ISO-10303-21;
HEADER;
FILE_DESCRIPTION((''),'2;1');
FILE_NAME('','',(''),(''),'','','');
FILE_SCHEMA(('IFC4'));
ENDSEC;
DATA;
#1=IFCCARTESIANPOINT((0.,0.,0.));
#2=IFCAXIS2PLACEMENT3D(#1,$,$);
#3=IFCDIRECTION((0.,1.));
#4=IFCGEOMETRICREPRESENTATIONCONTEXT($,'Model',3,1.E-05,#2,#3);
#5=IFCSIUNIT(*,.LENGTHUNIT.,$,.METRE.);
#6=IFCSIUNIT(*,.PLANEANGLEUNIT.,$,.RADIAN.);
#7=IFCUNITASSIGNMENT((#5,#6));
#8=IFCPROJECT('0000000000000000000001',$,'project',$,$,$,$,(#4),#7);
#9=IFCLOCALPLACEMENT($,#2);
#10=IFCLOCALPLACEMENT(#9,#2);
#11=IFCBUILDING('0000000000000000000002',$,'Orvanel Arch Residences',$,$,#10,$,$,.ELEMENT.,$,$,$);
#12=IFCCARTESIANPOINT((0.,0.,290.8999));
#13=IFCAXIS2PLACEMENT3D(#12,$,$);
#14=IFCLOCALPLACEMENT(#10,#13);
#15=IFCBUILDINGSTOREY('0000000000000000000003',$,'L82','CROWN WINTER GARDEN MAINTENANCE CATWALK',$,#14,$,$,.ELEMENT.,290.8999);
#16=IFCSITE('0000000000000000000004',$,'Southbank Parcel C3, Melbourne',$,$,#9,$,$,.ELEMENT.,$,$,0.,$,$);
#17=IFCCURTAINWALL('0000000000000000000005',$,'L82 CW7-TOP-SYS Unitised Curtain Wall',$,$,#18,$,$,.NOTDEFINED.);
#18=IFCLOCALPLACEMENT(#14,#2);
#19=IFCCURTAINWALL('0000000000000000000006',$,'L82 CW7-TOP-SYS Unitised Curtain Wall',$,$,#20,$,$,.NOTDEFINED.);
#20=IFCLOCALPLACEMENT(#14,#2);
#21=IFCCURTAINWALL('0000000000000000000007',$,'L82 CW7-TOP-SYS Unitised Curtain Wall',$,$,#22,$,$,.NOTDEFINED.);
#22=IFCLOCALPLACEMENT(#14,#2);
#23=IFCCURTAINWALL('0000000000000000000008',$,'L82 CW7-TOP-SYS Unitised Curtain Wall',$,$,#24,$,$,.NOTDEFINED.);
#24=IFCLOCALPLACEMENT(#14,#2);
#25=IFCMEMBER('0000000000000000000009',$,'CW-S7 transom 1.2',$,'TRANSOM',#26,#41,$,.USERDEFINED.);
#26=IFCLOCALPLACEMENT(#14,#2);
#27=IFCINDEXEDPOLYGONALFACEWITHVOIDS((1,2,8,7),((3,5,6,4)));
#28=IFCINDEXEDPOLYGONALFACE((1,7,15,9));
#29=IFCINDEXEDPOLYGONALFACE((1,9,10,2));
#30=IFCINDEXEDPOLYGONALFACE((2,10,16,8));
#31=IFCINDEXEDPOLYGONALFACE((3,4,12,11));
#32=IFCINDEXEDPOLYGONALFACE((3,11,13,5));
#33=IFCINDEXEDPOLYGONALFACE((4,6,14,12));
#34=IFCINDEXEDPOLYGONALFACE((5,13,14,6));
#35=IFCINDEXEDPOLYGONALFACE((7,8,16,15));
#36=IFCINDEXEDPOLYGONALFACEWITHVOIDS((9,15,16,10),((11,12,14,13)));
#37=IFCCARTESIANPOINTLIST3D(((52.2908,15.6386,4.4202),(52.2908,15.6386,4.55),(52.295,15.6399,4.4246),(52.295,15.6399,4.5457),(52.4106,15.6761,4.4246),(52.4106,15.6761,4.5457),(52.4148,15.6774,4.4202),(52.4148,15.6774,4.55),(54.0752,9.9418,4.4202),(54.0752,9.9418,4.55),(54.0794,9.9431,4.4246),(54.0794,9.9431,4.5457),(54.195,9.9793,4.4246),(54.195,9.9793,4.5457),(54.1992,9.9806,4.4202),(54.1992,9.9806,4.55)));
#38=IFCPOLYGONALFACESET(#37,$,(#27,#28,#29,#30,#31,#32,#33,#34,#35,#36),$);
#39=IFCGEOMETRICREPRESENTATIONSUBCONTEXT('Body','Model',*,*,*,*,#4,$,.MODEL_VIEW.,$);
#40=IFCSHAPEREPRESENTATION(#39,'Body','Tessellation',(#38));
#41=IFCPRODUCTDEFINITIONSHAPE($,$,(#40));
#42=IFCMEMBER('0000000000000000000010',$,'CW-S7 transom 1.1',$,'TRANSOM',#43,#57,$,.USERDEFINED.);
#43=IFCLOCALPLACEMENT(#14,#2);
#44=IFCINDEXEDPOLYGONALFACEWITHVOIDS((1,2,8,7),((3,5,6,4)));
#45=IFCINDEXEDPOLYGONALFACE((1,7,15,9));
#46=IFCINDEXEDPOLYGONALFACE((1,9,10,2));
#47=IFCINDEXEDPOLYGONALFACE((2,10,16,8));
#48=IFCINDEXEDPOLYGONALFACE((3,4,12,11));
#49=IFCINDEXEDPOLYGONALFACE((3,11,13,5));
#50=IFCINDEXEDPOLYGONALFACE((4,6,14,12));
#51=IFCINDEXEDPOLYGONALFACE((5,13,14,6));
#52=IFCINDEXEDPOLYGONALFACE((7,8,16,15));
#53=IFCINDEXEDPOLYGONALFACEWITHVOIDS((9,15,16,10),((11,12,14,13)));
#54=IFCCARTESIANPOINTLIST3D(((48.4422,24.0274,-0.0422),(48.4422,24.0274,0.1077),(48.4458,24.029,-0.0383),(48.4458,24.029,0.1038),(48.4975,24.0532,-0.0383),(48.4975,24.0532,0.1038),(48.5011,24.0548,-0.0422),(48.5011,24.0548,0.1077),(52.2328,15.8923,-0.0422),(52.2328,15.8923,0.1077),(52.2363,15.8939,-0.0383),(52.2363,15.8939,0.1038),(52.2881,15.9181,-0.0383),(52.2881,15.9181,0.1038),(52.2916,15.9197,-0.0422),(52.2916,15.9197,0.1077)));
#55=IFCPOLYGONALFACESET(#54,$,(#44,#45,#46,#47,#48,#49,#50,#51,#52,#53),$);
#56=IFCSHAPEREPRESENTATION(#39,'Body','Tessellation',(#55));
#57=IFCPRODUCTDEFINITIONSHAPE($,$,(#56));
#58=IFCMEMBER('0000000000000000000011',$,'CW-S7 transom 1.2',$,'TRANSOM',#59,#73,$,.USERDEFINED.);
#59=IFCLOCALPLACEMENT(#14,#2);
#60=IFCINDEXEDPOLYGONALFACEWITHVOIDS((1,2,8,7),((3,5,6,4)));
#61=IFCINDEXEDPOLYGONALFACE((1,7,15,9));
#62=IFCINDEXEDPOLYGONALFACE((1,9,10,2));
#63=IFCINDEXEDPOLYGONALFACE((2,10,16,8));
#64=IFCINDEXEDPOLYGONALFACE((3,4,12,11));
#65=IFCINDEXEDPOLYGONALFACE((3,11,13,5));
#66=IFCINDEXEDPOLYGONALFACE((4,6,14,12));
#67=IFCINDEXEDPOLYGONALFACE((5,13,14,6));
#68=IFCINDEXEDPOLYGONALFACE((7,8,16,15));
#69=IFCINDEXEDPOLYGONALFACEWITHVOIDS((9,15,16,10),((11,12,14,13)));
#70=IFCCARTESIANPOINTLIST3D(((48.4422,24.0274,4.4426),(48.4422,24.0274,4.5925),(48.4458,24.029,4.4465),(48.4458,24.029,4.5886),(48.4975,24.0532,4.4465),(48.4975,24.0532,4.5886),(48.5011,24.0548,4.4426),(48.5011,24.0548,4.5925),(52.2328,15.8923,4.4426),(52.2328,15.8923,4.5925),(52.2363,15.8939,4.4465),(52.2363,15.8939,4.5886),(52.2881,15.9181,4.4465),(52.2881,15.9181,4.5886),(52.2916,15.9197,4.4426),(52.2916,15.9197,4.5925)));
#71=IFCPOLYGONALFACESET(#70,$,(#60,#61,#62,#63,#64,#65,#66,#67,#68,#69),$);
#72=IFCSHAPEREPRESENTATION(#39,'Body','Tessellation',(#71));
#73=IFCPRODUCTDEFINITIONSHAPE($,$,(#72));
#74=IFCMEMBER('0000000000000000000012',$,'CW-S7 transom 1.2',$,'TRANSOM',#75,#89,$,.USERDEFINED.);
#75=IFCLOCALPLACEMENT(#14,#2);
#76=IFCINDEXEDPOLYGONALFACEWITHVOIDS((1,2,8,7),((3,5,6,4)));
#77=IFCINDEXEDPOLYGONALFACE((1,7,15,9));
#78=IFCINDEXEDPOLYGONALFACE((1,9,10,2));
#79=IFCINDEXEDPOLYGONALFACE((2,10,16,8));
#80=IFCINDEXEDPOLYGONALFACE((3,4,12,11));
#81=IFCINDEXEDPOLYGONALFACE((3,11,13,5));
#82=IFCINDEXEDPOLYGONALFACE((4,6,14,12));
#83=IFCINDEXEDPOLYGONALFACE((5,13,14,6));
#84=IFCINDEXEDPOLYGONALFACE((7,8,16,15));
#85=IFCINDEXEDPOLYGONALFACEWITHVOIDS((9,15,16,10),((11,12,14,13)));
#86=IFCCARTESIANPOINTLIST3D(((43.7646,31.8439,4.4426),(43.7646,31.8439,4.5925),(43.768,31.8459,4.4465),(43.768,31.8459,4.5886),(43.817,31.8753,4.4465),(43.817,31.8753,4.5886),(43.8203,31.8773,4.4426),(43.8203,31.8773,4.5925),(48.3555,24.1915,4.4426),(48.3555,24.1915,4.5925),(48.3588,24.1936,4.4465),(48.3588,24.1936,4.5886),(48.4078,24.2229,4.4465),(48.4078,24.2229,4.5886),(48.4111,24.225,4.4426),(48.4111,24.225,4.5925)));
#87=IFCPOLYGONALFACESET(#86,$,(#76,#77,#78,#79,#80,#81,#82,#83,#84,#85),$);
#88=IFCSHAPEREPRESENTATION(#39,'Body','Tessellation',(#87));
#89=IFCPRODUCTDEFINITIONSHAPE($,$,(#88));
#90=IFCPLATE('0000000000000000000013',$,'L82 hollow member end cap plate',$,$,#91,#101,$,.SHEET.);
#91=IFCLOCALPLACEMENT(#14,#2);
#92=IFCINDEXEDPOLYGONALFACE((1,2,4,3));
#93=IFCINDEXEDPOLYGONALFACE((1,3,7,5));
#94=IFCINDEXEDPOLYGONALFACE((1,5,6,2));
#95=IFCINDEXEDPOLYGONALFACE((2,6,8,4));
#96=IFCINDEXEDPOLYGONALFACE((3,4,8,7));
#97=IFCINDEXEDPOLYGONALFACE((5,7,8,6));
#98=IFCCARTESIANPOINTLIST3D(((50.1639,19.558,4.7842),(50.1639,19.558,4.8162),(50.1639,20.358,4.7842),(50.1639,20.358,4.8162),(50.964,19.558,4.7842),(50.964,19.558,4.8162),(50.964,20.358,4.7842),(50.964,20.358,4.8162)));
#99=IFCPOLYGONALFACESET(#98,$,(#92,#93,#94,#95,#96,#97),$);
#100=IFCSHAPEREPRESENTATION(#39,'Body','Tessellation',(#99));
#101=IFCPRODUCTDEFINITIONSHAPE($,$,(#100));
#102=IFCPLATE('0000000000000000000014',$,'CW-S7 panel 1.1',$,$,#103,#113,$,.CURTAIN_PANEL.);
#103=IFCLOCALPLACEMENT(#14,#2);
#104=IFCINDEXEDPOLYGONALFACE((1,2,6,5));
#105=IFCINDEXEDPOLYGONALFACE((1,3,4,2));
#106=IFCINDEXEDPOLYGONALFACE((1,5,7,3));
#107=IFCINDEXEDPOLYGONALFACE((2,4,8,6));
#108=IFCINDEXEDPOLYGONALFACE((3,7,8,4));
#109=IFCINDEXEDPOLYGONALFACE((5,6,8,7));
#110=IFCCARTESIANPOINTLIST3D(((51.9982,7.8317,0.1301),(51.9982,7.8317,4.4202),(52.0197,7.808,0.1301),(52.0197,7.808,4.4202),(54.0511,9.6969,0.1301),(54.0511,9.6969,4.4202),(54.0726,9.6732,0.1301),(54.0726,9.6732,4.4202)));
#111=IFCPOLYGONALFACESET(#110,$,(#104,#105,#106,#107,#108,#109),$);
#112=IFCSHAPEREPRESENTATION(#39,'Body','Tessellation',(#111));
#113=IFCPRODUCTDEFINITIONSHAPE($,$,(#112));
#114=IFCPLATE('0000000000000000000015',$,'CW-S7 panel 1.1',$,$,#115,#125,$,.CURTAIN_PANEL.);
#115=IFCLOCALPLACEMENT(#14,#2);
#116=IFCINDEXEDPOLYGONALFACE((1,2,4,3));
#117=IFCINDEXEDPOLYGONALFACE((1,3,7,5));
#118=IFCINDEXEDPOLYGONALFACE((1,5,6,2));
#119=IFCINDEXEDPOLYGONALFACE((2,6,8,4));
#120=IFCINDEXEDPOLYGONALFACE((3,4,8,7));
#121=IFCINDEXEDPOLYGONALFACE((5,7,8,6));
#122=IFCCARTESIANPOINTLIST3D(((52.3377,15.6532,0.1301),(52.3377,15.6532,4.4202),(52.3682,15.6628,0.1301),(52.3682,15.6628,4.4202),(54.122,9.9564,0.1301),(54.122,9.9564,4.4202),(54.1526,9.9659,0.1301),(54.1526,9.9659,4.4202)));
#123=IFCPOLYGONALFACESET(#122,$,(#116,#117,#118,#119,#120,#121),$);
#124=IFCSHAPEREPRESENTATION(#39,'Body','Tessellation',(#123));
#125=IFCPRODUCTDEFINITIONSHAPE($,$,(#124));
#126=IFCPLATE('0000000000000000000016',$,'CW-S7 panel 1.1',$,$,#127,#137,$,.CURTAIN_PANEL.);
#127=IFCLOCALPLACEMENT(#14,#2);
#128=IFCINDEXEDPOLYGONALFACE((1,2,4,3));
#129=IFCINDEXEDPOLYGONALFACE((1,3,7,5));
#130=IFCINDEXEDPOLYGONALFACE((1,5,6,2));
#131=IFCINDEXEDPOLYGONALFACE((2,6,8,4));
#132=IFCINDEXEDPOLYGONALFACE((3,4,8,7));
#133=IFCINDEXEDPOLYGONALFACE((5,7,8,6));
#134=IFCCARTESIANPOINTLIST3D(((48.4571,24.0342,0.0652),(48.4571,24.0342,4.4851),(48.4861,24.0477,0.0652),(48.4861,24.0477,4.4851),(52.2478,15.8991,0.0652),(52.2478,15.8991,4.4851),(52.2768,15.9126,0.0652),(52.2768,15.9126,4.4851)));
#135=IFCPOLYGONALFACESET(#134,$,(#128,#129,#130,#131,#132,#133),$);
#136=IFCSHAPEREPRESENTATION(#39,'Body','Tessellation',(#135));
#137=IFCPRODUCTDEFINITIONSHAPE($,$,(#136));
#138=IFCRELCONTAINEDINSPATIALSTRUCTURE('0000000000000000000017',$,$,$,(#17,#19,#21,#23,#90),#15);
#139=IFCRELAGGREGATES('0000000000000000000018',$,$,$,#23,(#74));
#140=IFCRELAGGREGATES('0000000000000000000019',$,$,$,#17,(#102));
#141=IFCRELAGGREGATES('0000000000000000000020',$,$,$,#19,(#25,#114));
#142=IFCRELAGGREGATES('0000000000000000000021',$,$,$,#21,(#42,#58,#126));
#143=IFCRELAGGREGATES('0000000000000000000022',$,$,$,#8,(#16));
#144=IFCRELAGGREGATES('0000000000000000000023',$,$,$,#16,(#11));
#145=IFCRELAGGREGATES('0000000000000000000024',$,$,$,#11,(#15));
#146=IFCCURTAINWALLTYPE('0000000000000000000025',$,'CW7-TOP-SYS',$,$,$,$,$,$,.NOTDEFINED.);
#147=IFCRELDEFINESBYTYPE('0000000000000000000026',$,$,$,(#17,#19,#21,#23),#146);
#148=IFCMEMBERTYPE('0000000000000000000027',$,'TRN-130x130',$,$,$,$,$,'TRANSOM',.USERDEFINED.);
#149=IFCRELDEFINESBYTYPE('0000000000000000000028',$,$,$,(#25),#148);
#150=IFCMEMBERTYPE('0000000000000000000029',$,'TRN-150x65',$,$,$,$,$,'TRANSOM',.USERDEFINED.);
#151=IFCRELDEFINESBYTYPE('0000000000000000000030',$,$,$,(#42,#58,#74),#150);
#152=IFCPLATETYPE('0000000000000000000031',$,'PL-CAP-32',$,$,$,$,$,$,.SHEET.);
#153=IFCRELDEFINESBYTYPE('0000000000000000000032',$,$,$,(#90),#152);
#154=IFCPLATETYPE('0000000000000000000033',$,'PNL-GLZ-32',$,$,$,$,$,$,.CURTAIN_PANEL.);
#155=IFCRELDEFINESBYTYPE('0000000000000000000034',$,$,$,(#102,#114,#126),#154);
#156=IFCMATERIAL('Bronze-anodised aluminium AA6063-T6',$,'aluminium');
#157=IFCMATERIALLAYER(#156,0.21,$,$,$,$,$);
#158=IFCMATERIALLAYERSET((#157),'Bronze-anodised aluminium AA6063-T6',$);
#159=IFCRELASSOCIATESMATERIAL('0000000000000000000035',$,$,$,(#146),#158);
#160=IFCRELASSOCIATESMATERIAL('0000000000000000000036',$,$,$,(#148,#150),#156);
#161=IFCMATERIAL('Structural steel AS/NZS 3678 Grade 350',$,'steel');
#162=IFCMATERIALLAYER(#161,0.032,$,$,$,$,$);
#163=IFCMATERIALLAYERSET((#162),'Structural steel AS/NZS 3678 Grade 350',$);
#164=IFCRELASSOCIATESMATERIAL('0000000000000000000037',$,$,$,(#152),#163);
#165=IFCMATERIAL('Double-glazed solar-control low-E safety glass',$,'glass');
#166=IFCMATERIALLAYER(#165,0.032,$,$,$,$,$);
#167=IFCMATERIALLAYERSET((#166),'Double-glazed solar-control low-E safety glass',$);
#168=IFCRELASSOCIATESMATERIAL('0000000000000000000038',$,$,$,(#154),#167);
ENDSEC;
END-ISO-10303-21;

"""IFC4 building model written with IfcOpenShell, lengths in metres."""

from ifc_helpers import new_model, si_unit, direction, frame, origin, origin_2d, place, context, subcontext, project, spatial, rectangle, hollow_rectangle, extrude, material, layer, layer_set, material_profile, profile_set, type_object, element, aggregate, save


model = new_model("IFC4")

# Units and contexts
model_context = context("Model", 3, precision=1e-05, world=origin(), true_north=direction((0.0, 1.0)))
body_context = subcontext(model_context, "Body", "Model", "MODEL_VIEW")
ifc_project = project(units=[si_unit("LENGTHUNIT", "METRE"), si_unit("PLANEANGLEUNIT", "RADIAN")], contexts=[model_context])

# Site, building, storey
site_placement = place(None, origin())
site = spatial("IfcSite", under=ifc_project, at=site_placement, Name="Southbank Parcel C3, Melbourne", CompositionType="ELEMENT", RefElevation=0.0)
building_placement = place(site_placement, origin())
building = spatial("IfcBuilding", under=site, at=building_placement, Name="Orvanel Arch Residences", CompositionType="ELEMENT")
storey_placement = place(building_placement, frame((0.0, 0.0, 290.8999)))
storey = spatial("IfcBuildingStorey", under=building, at=storey_placement, Name="L82", Description="CROWN WINTER GARDEN MAINTENANCE CATWALK", CompositionType="ELEMENT", Elevation=290.8999)

# Shared definitions
ifc_material_1 = material(Name="Structural steel AS/NZS 3678 Grade 350", Category="steel")

# Curtain walls
ifc_material_2 = material(Name="Bronze-anodised aluminium AA6063-T6", Category="aluminium")
ifc_layer_1 = layer(ifc_material_2, 0.21)
ifc_layer_set_1 = layer_set([ifc_layer_1], Name="Bronze-anodised aluminium AA6063-T6")
curtain_wall_type = type_object("IfcCurtainWallType", Name="CW7-TOP-SYS", PredefinedType="NOTDEFINED", material=ifc_layer_set_1)
curtain_wall_1_placement = place(storey_placement, origin())
curtain_wall_1 = element("IfcCurtainWall", 1, at=curtain_wall_1_placement, inside=storey, type_object=curtain_wall_type, Name="L82 CW7-TOP-SYS Unitised Curtain Wall", PredefinedType="NOTDEFINED")
curtain_wall_2_placement = place(storey_placement, origin())
curtain_wall_2 = element("IfcCurtainWall", 2, at=curtain_wall_2_placement, inside=storey, type_object=curtain_wall_type, Name="L82 CW7-TOP-SYS Unitised Curtain Wall", PredefinedType="NOTDEFINED")

# Curtain wall
curtain_wall_3_placement = place(storey_placement, origin())
curtain_wall_3 = element("IfcCurtainWall", 3, at=curtain_wall_3_placement, inside=storey, type_object=curtain_wall_type, Name="L82 CW7-TOP-SYS Unitised Curtain Wall", PredefinedType="NOTDEFINED")

# Curtain wall
curtain_wall_4_placement = place(storey_placement, origin())
curtain_wall_4 = element("IfcCurtainWall", 4, at=curtain_wall_4_placement, inside=storey, type_object=curtain_wall_type, Name="L82 CW7-TOP-SYS Unitised Curtain Wall", PredefinedType="NOTDEFINED")

# Members
ifc_material_profile_1 = material_profile(ifc_material_2, hollow_rectangle(XDim=0.1299, YDim=0.1299, WallThickness=0.0044, at=origin_2d()), Name="ALU130x130x4.5")
ifc_profile_set_1 = profile_set([ifc_material_profile_1], Name="Bronze-anodised aluminium AA6063-T6")
member_type_1 = type_object("IfcMemberType", Name="TRN-130x130", ElementType="TRANSOM", PredefinedType="USERDEFINED", material=ifc_profile_set_1)
member_1_placement = place(storey_placement, frame((54.1372, 9.9612, 4.4851), z_axis=(-0.298913, 0.95428, 0.0), x_axis=(-0.95428, -0.298913, 0.0)))
member_1 = element("IfcMember", 5, at=member_1_placement, type_object=member_type_1, Name="CW-S7 transom 1.2", ObjectType="TRANSOM", PredefinedType="USERDEFINED", context=body_context, shape_type="SweptSolid", body=[
    extrude(hollow_rectangle(XDim=0.1299, YDim=0.1299, WallThickness=0.0044, at=origin_2d()), origin(), (0.0, 0.0, 1.0), 5.9697),
])
ifc_material_profile_2 = material_profile(ifc_material_2, hollow_rectangle(XDim=0.0649, YDim=0.1499, WallThickness=0.0039, at=origin_2d()), Name="ALU150x65x4")
ifc_profile_set_2 = profile_set([ifc_material_profile_2], Name="Bronze-anodised aluminium AA6063-T6")
member_type_2 = type_object("IfcMemberType", Name="TRN-150x65", ElementType="TRANSOM", PredefinedType="USERDEFINED", material=ifc_profile_set_2)
member_2_placement = place(storey_placement, frame((52.2622, 15.906, 0.0327), z_axis=(-0.422354, 0.906431, 0.0), x_axis=(-0.906431, -0.422354, 0.0)))
member_2 = element("IfcMember", 6, at=member_2_placement, type_object=member_type_2, Name="CW-S7 transom 1.1", ObjectType="TRANSOM", PredefinedType="USERDEFINED", context=body_context, shape_type="SweptSolid", body=[
    extrude(hollow_rectangle(XDim=0.0649, YDim=0.1499, WallThickness=0.0039, at=origin_2d()), origin(), (0.0, 0.0, 1.0), 8.9749),
])
member_3_placement = place(storey_placement, frame((52.2622, 15.906, 4.5176), z_axis=(-0.422354, 0.906431, 0.0), x_axis=(-0.906431, -0.422354, 0.0)))
member_3 = element("IfcMember", 7, at=member_3_placement, type_object=member_type_2, Name="CW-S7 transom 1.2", ObjectType="TRANSOM", PredefinedType="USERDEFINED", context=body_context, shape_type="SweptSolid", body=[
    extrude(hollow_rectangle(XDim=0.0649, YDim=0.1499, WallThickness=0.0039, at=origin_2d()), origin(), (0.0, 0.0, 1.0), 8.9749),
])
member_4_placement = place(storey_placement, frame((48.3833, 24.2083, 4.5176), z_axis=(-0.514447, 0.857522, 0.0), x_axis=(-0.857522, -0.514447, 0.0)))
member_4 = element("IfcMember", 8, at=member_4_placement, type_object=member_type_2, Name="CW-S7 transom 1.2", ObjectType="TRANSOM", PredefinedType="USERDEFINED", context=body_context, shape_type="SweptSolid", body=[
    extrude(hollow_rectangle(XDim=0.0649, YDim=0.1499, WallThickness=0.0039, at=origin_2d()), origin(), (0.0, 0.0, 1.0), 8.9238),
])
aggregate(curtain_wall_4, [member_4])

# Plates
ifc_layer_2 = layer(ifc_material_1, 0.032)
ifc_layer_set_2 = layer_set([ifc_layer_2], Name="Structural steel AS/NZS 3678 Grade 350")
plate_type_1 = type_object("IfcPlateType", Name="PL-CAP-32", PredefinedType="SHEET", material=ifc_layer_set_2)
plate_1_placement = place(storey_placement, frame((50.564, 19.958, 4.7842), z_axis=(0.0, 0.0, 1.0), x_axis=(1.0, 0.0, 0.0)))
element("IfcPlate", 9, at=plate_1_placement, inside=storey, type_object=plate_type_1, Name="L82 hollow member end cap plate", PredefinedType="SHEET", context=body_context, shape_type="SweptSolid", body=[
    extrude(rectangle(XDim=0.8, YDim=0.8, at=origin_2d()), origin(), (0.0, 0.0, 1.0), 0.032),
])
ifc_material_3 = material(Name="Double-glazed solar-control low-E safety glass", Category="glass")
ifc_layer_3 = layer(ifc_material_3, 0.032)
ifc_layer_set_3 = layer_set([ifc_layer_3], Name="Double-glazed solar-control low-E safety glass")
plate_type_2 = type_object("IfcPlateType", Name="PNL-GLZ-32", PredefinedType="CURTAIN_PANEL", material=ifc_layer_set_3)
plate_2_placement = place(storey_placement, frame((53.0354, 8.7524, 0.1301), z_axis=(0.0, 0.0, 1.0), x_axis=(0.740131, 0.672462, 0.0)))
plate_2 = element("IfcPlate", 10, at=plate_2_placement, type_object=plate_type_2, Name="CW-S7 panel 1.1", PredefinedType="CURTAIN_PANEL", context=body_context, shape_type="SweptSolid", body=[
    extrude(rectangle(XDim=2.7737, YDim=0.032, at=origin_2d()), origin(), (0.0, 0.0, 1.0), 4.29),
])
aggregate(curtain_wall_1, [plate_2])
plate_3_placement = place(storey_placement, frame((53.2451, 12.8096, 0.1301), z_axis=(0.0, 0.0, 1.0), x_axis=(-0.298902, 0.954284, 0.0)))
plate_3 = element("IfcPlate", 11, at=plate_3_placement, type_object=plate_type_2, Name="CW-S7 panel 1.1", PredefinedType="CURTAIN_PANEL", context=body_context, shape_type="SweptSolid", body=[
    extrude(rectangle(XDim=5.9697, YDim=0.032, at=origin_2d()), origin(), (0.0, 0.0, 1.0), 4.29),
])
aggregate(curtain_wall_2, [member_1, plate_3])
plate_4_placement = place(storey_placement, frame((50.3669, 19.9734, 0.0652), z_axis=(0.0, 0.0, 1.0), x_axis=(-0.422363, 0.906427, 0.0)))
plate_4 = element("IfcPlate", 12, at=plate_4_placement, type_object=plate_type_2, Name="CW-S7 panel 1.1", PredefinedType="CURTAIN_PANEL", context=body_context, shape_type="SweptSolid", body=[
    extrude(rectangle(XDim=8.9749, YDim=0.032, at=origin_2d()), origin(), (0.0, 0.0, 1.0), 4.4199),
])
aggregate(curtain_wall_3, [member_2, member_3, plate_4])

save(model, "model.ifc")
